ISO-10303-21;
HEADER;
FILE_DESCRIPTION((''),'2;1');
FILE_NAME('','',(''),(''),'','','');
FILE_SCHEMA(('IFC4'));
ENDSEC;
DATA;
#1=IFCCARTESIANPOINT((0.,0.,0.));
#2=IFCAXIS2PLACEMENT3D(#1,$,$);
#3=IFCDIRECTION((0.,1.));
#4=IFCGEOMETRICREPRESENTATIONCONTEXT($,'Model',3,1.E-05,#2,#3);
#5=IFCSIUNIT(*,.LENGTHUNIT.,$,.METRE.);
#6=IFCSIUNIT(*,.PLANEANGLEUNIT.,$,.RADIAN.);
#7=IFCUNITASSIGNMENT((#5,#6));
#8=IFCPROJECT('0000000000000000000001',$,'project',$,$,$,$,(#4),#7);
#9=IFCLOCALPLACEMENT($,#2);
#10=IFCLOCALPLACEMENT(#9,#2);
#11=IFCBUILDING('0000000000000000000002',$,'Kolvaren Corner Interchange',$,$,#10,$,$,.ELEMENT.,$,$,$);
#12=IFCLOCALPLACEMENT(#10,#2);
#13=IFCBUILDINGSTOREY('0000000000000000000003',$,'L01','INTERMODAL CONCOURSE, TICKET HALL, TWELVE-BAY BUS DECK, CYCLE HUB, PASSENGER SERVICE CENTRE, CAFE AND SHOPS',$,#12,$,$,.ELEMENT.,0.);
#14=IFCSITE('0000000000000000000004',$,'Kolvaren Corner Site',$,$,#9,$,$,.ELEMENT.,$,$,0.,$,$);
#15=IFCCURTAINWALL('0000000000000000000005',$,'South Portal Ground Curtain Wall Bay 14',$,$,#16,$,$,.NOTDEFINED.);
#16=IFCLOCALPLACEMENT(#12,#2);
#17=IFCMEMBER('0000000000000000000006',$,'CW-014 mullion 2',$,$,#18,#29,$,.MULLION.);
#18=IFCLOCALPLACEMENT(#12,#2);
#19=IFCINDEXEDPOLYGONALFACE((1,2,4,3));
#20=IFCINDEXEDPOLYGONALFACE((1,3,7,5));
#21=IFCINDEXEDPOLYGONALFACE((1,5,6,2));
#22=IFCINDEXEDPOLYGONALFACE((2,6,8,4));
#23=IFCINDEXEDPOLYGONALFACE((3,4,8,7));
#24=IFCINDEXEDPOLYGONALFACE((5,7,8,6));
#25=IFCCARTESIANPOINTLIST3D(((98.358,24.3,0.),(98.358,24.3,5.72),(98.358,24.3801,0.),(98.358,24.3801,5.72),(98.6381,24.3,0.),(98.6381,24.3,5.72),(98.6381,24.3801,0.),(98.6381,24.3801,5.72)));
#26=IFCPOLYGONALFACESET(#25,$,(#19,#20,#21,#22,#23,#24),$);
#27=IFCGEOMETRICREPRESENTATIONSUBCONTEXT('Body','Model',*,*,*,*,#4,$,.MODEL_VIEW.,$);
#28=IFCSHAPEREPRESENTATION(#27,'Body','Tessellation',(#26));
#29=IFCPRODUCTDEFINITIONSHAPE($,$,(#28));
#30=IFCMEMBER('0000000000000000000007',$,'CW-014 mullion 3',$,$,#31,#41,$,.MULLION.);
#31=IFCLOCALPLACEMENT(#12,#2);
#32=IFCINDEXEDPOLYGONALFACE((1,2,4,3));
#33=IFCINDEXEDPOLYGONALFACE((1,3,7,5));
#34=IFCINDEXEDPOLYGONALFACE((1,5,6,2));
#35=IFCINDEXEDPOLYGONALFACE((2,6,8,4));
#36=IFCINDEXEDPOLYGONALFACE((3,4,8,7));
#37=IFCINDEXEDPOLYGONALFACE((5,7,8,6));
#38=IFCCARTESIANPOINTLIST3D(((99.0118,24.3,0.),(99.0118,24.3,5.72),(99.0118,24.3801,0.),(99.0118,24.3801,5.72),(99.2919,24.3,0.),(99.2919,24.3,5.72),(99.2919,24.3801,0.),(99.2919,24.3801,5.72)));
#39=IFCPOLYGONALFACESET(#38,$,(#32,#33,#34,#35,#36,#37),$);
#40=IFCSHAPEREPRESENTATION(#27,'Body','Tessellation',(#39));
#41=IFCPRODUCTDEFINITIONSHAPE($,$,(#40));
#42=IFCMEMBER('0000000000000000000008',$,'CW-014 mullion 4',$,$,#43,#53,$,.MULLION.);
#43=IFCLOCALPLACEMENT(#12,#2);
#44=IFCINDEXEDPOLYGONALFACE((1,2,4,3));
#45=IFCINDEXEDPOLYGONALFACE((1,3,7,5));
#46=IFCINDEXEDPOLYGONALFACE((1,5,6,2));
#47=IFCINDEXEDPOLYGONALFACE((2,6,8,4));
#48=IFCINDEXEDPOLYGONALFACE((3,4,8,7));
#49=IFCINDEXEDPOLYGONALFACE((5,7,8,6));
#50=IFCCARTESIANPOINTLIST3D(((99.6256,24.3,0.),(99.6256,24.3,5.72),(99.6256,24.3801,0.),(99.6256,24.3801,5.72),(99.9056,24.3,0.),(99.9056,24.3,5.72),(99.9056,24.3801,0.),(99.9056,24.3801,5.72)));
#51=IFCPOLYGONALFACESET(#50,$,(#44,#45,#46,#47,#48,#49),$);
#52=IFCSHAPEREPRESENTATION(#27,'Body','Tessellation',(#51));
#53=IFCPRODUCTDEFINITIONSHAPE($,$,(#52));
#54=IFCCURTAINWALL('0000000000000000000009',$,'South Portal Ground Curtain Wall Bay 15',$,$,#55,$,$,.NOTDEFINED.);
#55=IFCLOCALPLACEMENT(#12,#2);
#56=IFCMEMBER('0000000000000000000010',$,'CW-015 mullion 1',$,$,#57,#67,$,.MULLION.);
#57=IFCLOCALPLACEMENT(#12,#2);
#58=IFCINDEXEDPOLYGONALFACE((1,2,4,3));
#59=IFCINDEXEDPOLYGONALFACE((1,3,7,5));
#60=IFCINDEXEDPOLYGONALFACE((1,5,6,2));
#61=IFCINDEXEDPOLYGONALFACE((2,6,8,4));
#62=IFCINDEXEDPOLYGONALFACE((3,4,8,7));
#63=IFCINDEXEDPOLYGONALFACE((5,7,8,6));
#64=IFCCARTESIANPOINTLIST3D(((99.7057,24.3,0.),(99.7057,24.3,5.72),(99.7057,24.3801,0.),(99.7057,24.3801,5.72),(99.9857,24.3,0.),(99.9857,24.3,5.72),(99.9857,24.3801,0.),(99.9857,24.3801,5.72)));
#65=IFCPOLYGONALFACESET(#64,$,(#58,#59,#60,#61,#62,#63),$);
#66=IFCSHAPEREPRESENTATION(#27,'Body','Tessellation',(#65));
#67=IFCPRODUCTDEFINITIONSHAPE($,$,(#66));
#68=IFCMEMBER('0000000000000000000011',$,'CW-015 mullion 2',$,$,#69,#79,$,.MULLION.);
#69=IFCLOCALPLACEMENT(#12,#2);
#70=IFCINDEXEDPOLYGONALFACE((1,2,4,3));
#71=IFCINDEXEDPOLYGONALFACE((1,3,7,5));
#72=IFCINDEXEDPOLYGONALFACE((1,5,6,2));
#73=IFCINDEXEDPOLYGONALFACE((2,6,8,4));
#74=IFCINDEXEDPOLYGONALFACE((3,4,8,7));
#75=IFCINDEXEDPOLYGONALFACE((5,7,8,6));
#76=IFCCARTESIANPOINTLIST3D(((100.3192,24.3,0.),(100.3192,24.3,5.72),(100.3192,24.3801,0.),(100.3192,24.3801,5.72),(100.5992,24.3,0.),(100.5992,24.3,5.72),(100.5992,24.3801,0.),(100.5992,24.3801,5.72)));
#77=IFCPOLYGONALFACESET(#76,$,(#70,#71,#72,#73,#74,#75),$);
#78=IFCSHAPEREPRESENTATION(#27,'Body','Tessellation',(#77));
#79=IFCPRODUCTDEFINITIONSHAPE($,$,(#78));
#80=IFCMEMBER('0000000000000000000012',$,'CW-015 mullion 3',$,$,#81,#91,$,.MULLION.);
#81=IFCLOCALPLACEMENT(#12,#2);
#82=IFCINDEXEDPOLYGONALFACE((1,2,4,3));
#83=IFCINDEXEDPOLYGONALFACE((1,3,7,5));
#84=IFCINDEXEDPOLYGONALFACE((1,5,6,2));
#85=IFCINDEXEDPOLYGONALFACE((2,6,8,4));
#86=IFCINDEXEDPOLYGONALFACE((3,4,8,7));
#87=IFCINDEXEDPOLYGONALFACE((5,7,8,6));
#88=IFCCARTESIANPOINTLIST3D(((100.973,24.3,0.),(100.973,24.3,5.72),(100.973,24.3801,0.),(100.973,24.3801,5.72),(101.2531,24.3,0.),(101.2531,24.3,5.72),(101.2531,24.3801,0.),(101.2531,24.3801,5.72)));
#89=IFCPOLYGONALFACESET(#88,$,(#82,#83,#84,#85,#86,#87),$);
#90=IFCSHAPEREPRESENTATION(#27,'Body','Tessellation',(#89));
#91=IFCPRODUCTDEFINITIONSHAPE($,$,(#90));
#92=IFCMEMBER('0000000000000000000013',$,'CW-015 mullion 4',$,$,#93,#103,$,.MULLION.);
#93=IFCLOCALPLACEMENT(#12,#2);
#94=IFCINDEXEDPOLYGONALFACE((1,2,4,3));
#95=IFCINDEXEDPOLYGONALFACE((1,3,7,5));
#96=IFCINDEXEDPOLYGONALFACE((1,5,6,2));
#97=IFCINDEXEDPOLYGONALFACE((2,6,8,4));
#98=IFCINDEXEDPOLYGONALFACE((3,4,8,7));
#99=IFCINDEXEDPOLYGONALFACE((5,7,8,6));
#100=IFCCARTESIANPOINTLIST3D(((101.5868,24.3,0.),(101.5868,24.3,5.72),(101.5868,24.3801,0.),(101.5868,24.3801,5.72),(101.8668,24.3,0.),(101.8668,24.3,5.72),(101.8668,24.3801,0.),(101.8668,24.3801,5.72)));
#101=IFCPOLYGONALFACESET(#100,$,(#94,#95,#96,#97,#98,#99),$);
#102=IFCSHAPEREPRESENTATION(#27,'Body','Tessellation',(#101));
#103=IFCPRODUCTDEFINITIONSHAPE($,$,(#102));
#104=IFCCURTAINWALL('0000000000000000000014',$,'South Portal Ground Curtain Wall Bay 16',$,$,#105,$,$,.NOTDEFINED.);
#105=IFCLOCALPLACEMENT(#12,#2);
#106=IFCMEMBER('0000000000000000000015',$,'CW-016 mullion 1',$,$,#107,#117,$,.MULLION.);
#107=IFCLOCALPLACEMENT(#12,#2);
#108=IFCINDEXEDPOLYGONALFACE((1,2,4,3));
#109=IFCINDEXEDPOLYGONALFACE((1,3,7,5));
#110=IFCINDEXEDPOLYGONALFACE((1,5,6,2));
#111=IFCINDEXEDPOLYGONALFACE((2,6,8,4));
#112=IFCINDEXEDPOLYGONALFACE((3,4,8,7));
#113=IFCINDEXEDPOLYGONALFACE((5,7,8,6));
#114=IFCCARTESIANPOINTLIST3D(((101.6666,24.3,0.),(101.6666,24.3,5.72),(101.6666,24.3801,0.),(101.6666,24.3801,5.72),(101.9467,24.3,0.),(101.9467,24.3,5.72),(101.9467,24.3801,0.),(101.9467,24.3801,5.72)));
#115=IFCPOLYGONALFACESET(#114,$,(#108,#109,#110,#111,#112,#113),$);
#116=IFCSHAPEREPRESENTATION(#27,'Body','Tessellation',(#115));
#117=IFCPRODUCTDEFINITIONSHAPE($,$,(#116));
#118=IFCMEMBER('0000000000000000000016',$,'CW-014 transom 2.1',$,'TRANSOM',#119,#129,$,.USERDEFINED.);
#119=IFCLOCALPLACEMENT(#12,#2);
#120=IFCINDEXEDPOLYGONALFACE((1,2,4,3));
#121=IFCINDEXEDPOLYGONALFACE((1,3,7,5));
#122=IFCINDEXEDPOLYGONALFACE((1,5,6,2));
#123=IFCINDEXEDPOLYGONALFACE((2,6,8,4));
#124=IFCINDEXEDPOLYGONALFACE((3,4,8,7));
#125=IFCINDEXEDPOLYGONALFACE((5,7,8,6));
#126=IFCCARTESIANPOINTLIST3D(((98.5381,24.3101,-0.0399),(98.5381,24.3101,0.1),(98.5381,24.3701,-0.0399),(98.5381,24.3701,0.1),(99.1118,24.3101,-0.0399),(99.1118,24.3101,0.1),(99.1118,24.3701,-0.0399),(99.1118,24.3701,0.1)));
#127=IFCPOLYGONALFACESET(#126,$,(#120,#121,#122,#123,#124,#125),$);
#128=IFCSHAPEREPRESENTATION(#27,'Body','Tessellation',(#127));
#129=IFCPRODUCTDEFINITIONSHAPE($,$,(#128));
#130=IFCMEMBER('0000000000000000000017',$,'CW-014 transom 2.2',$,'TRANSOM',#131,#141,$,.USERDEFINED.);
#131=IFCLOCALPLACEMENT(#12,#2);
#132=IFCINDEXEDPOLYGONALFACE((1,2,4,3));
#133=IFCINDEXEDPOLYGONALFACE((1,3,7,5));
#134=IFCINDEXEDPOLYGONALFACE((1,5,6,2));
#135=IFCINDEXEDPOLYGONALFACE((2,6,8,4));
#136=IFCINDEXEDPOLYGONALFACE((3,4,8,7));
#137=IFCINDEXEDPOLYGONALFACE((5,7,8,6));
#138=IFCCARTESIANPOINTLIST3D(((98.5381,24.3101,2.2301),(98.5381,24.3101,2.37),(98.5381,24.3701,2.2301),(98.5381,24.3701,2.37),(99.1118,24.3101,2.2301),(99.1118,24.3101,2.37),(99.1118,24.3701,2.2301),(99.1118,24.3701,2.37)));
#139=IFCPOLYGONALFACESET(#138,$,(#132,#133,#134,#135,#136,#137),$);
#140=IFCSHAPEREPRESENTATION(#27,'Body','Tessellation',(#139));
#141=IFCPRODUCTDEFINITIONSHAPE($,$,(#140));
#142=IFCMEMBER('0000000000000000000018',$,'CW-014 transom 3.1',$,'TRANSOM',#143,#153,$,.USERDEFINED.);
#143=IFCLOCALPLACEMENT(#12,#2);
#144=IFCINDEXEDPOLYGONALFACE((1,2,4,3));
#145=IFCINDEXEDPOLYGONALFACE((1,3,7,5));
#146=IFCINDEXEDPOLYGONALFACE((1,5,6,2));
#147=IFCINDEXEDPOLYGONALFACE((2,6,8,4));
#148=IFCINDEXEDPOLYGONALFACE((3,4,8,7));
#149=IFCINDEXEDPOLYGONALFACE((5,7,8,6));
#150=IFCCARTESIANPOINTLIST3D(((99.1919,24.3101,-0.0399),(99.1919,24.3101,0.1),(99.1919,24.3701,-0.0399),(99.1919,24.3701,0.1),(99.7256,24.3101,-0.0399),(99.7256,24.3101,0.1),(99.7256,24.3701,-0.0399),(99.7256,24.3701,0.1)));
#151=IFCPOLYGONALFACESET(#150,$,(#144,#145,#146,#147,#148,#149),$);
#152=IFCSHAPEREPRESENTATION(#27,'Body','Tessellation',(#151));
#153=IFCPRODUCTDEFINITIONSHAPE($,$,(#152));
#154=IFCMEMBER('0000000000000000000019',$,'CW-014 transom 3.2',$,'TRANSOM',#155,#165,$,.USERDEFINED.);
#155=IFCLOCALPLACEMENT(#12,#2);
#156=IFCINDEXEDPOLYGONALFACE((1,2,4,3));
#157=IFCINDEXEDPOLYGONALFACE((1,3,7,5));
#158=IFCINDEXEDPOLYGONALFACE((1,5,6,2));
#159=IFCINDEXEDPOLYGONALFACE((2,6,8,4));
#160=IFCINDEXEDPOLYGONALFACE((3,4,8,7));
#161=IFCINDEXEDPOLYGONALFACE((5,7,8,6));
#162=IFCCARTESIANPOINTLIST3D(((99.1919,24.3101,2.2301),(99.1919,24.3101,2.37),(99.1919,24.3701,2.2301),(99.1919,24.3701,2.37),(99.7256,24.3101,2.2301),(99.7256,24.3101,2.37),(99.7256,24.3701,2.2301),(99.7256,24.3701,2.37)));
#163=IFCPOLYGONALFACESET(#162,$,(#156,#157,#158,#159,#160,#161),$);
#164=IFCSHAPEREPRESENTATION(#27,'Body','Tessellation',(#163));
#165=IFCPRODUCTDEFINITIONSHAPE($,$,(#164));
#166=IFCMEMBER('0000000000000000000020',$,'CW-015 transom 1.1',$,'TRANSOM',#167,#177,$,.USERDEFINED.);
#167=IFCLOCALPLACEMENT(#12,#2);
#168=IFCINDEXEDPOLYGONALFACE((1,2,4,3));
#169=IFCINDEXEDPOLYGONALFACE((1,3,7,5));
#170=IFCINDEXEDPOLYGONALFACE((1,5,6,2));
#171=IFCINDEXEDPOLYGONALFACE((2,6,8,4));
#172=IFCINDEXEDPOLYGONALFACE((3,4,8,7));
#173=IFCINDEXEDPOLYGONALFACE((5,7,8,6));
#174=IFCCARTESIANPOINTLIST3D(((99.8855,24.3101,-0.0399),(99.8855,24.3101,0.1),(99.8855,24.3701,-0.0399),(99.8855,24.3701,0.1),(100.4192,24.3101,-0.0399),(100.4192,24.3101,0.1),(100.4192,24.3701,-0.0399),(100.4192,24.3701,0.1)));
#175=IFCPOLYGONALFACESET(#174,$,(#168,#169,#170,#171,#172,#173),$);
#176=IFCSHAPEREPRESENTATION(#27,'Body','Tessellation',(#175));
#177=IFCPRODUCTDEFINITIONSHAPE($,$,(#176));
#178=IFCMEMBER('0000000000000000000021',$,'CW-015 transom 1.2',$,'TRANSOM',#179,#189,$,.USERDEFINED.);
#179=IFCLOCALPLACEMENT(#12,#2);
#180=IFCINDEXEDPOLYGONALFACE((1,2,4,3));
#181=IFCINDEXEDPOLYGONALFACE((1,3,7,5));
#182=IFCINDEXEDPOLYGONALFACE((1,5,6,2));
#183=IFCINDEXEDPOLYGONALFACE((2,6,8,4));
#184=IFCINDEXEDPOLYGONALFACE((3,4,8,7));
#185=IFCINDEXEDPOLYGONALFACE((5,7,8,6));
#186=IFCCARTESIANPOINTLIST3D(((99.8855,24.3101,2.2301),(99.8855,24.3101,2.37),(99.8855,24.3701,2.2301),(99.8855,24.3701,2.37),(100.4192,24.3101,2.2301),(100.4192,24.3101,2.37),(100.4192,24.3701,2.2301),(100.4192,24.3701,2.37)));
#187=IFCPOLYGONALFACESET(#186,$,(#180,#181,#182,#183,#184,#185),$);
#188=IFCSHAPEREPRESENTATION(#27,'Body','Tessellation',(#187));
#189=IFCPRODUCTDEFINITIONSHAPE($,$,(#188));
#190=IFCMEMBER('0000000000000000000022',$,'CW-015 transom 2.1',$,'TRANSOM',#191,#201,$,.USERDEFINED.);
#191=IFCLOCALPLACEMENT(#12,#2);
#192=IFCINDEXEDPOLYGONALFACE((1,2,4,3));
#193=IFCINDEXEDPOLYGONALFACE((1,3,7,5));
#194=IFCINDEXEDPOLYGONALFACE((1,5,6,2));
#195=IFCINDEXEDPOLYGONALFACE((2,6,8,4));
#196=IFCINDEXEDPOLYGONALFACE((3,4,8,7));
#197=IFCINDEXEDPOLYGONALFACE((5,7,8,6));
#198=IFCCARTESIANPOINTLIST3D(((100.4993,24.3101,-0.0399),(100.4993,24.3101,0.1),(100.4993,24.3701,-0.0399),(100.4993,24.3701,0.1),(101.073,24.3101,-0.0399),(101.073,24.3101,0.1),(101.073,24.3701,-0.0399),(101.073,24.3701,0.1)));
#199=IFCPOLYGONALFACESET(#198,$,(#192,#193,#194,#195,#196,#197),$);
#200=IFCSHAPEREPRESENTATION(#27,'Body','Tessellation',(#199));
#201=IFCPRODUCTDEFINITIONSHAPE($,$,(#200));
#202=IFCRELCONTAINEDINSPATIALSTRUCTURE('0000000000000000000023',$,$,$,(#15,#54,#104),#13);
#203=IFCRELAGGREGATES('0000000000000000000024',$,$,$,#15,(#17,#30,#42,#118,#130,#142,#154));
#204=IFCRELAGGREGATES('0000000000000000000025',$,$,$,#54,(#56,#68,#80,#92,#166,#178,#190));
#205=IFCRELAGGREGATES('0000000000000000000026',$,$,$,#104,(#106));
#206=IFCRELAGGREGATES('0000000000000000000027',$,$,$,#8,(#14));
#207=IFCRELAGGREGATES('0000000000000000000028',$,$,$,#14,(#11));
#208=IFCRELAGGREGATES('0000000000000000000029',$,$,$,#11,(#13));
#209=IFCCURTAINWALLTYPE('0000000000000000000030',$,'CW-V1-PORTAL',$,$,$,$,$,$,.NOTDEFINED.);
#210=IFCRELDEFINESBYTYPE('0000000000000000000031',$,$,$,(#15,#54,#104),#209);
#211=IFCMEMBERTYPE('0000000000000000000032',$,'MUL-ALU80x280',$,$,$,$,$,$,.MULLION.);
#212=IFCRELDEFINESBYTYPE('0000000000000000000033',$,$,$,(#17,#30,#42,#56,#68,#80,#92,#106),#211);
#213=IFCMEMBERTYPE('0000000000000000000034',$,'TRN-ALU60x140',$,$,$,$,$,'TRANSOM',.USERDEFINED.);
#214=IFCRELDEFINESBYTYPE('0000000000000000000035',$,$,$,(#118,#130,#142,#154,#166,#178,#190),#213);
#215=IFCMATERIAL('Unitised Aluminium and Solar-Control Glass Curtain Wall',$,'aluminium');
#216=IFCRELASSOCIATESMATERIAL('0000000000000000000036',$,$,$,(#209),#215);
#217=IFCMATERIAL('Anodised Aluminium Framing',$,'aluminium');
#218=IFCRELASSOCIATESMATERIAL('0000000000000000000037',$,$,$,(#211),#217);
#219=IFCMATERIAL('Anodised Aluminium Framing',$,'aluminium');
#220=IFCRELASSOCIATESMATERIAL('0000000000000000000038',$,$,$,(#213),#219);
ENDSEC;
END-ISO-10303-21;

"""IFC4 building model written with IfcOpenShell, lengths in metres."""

from ifc_helpers import new_model, si_unit, direction, frame, origin, origin_2d, place, context, subcontext, project, spatial, rectangle, extrude, material, material_profile, profile_set, type_object, element, aggregate, save


model = new_model("IFC4")

# Units and contexts
model_context = context("Model", 3, precision=1e-05, world=origin(), true_north=direction((0.0, 1.0)))
body_context = subcontext(model_context, "Body", "Model", "MODEL_VIEW")
ifc_project = project(units=[si_unit("LENGTHUNIT", "METRE"), si_unit("PLANEANGLEUNIT", "RADIAN")], contexts=[model_context])

# Site, building, storey
site_placement = place(None, origin())
site = spatial("IfcSite", under=ifc_project, at=site_placement, Name="Kolvaren Corner Site", CompositionType="ELEMENT", RefElevation=0.0)
building_placement = place(site_placement, origin())
building = spatial("IfcBuilding", under=site, at=building_placement, Name="Kolvaren Corner Interchange", CompositionType="ELEMENT")
storey_placement = place(building_placement, origin())
storey = spatial("IfcBuildingStorey", under=building, at=storey_placement, Name="L01", Description="INTERMODAL CONCOURSE, TICKET HALL, TWELVE-BAY BUS DECK, CYCLE HUB, PASSENGER SERVICE CENTRE, CAFE AND SHOPS", CompositionType="ELEMENT", Elevation=0.0)

# Curtain walls, members
ifc_material_1 = material(Name="Unitised Aluminium and Solar-Control Glass Curtain Wall", Category="aluminium")
curtain_wall_type = type_object("IfcCurtainWallType", Name="CW-V1-PORTAL", PredefinedType="NOTDEFINED", material=ifc_material_1)
curtain_wall_1_placement = place(storey_placement, origin())
curtain_wall_1 = element("IfcCurtainWall", 1, at=curtain_wall_1_placement, inside=storey, type_object=curtain_wall_type, Name="South Portal Ground Curtain Wall Bay 14", PredefinedType="NOTDEFINED")
ifc_material_2 = material(Name="Anodised Aluminium Framing", Category="aluminium")
ifc_material_profile_1 = material_profile(ifc_material_2, rectangle(XDim=0.0801, YDim=0.28, at=origin_2d()), Name="ALU 80x280")
ifc_profile_set_1 = profile_set([ifc_material_profile_1], Name="Anodised Aluminium Framing")
member_type_1 = type_object("IfcMemberType", Name="MUL-ALU80x280", PredefinedType="MULLION", material=ifc_profile_set_1)
member_1_placement = place(storey_placement, frame((98.498, 24.3401, 0.0), z_axis=(0.0, 0.0, 1.0), x_axis=(0.0, 1.0, 0.0)))
member_1 = element("IfcMember", 2, at=member_1_placement, type_object=member_type_1, Name="CW-014 mullion 2", PredefinedType="MULLION", context=body_context, shape_type="SweptSolid", body=[
    extrude(rectangle(XDim=0.0801, YDim=0.28, at=origin_2d()), origin(), (0.0, 0.0, 1.0), 5.72),
])
member_2_placement = place(storey_placement, frame((99.1519, 24.3401, 0.0), z_axis=(0.0, 0.0, 1.0), x_axis=(0.0, 1.0, 0.0)))
member_2 = element("IfcMember", 3, at=member_2_placement, type_object=member_type_1, Name="CW-014 mullion 3", PredefinedType="MULLION", context=body_context, shape_type="SweptSolid", body=[
    extrude(rectangle(XDim=0.0801, YDim=0.28, at=origin_2d()), origin(), (0.0, 0.0, 1.0), 5.72),
])
member_3_placement = place(storey_placement, frame((99.7656, 24.3401, 0.0), z_axis=(0.0, 0.0, 1.0), x_axis=(0.0, 1.0, 0.0)))
member_3 = element("IfcMember", 4, at=member_3_placement, type_object=member_type_1, Name="CW-014 mullion 4", PredefinedType="MULLION", context=body_context, shape_type="SweptSolid", body=[
    extrude(rectangle(XDim=0.0801, YDim=0.28, at=origin_2d()), origin(), (0.0, 0.0, 1.0), 5.72),
])
curtain_wall_2_placement = place(storey_placement, origin())
curtain_wall_2 = element("IfcCurtainWall", 5, at=curtain_wall_2_placement, inside=storey, type_object=curtain_wall_type, Name="South Portal Ground Curtain Wall Bay 15", PredefinedType="NOTDEFINED")
member_4_placement = place(storey_placement, frame((99.8457, 24.3401, 0.0), z_axis=(0.0, 0.0, 1.0), x_axis=(0.0, 1.0, 0.0)))
member_4 = element("IfcMember", 6, at=member_4_placement, type_object=member_type_1, Name="CW-015 mullion 1", PredefinedType="MULLION", context=body_context, shape_type="SweptSolid", body=[
    extrude(rectangle(XDim=0.0801, YDim=0.28, at=origin_2d()), origin(), (0.0, 0.0, 1.0), 5.72),
])
member_5_placement = place(storey_placement, frame((100.4592, 24.3401, 0.0), z_axis=(0.0, 0.0, 1.0), x_axis=(0.0, 1.0, 0.0)))
member_5 = element("IfcMember", 7, at=member_5_placement, type_object=member_type_1, Name="CW-015 mullion 2", PredefinedType="MULLION", context=body_context, shape_type="SweptSolid", body=[
    extrude(rectangle(XDim=0.0801, YDim=0.28, at=origin_2d()), origin(), (0.0, 0.0, 1.0), 5.72),
])
member_6_placement = place(storey_placement, frame((101.113, 24.3401, 0.0), z_axis=(0.0, 0.0, 1.0), x_axis=(0.0, 1.0, 0.0)))
member_6 = element("IfcMember", 8, at=member_6_placement, type_object=member_type_1, Name="CW-015 mullion 3", PredefinedType="MULLION", context=body_context, shape_type="SweptSolid", body=[
    extrude(rectangle(XDim=0.0801, YDim=0.28, at=origin_2d()), origin(), (0.0, 0.0, 1.0), 5.72),
])
member_7_placement = place(storey_placement, frame((101.7268, 24.3401, 0.0), z_axis=(0.0, 0.0, 1.0), x_axis=(0.0, 1.0, 0.0)))
member_7 = element("IfcMember", 9, at=member_7_placement, type_object=member_type_1, Name="CW-015 mullion 4", PredefinedType="MULLION", context=body_context, shape_type="SweptSolid", body=[
    extrude(rectangle(XDim=0.0801, YDim=0.28, at=origin_2d()), origin(), (0.0, 0.0, 1.0), 5.72),
])

# Curtain wall, member
curtain_wall_3_placement = place(storey_placement, origin())
curtain_wall_3 = element("IfcCurtainWall", 10, at=curtain_wall_3_placement, inside=storey, type_object=curtain_wall_type, Name="South Portal Ground Curtain Wall Bay 16", PredefinedType="NOTDEFINED")
member_8_placement = place(storey_placement, frame((101.8066, 24.3401, 0.0), z_axis=(0.0, 0.0, 1.0), x_axis=(0.0, 1.0, 0.0)))
member_8 = element("IfcMember", 11, at=member_8_placement, type_object=member_type_1, Name="CW-016 mullion 1", PredefinedType="MULLION", context=body_context, shape_type="SweptSolid", body=[
    extrude(rectangle(XDim=0.0801, YDim=0.28, at=origin_2d()), origin(), (0.0, 0.0, 1.0), 5.72),
])

# Members
ifc_material_3 = material(Name="Anodised Aluminium Framing", Category="aluminium")
ifc_material_profile_2 = material_profile(ifc_material_3, rectangle(XDim=0.0601, YDim=0.1399, at=origin_2d()), Name="ALU 60x140")
ifc_profile_set_2 = profile_set([ifc_material_profile_2], Name="Anodised Aluminium Framing")
member_type_2 = type_object("IfcMemberType", Name="TRN-ALU60x140", ElementType="TRANSOM", PredefinedType="USERDEFINED", material=ifc_profile_set_2)
member_9_placement = place(storey_placement, frame((98.5381, 24.3401, 0.03), z_axis=(1.0, 0.0, 0.0), x_axis=(0.0, 1.0, 0.0)))
member_9 = element("IfcMember", 12, at=member_9_placement, type_object=member_type_2, Name="CW-014 transom 2.1", ObjectType="TRANSOM", PredefinedType="USERDEFINED", context=body_context, shape_type="SweptSolid", body=[
    extrude(rectangle(XDim=0.0601, YDim=0.1399, at=origin_2d()), origin(), (0.0, 0.0, 1.0), 0.5737),
])
member_10_placement = place(storey_placement, frame((98.5381, 24.3401, 2.3), z_axis=(1.0, 0.0, 0.0), x_axis=(0.0, 1.0, 0.0)))
member_10 = element("IfcMember", 13, at=member_10_placement, type_object=member_type_2, Name="CW-014 transom 2.2", ObjectType="TRANSOM", PredefinedType="USERDEFINED", context=body_context, shape_type="SweptSolid", body=[
    extrude(rectangle(XDim=0.0601, YDim=0.1399, at=origin_2d()), origin(), (0.0, 0.0, 1.0), 0.5737),
])
member_11_placement = place(storey_placement, frame((99.1919, 24.3401, 0.03), z_axis=(1.0, 0.0, 0.0), x_axis=(0.0, 1.0, 0.0)))
member_11 = element("IfcMember", 14, at=member_11_placement, type_object=member_type_2, Name="CW-014 transom 3.1", ObjectType="TRANSOM", PredefinedType="USERDEFINED", context=body_context, shape_type="SweptSolid", body=[
    extrude(rectangle(XDim=0.0601, YDim=0.1399, at=origin_2d()), origin(), (0.0, 0.0, 1.0), 0.5337),
])
member_12_placement = place(storey_placement, frame((99.1919, 24.3401, 2.3), z_axis=(1.0, 0.0, 0.0), x_axis=(0.0, 1.0, 0.0)))
member_12 = element("IfcMember", 15, at=member_12_placement, type_object=member_type_2, Name="CW-014 transom 3.2", ObjectType="TRANSOM", PredefinedType="USERDEFINED", context=body_context, shape_type="SweptSolid", body=[
    extrude(rectangle(XDim=0.0601, YDim=0.1399, at=origin_2d()), origin(), (0.0, 0.0, 1.0), 0.5337),
])
member_13_placement = place(storey_placement, frame((99.8855, 24.3401, 0.03), z_axis=(1.0, 0.0, 0.0), x_axis=(0.0, 1.0, 0.0)))
member_13 = element("IfcMember", 16, at=member_13_placement, type_object=member_type_2, Name="CW-015 transom 1.1", ObjectType="TRANSOM", PredefinedType="USERDEFINED", context=body_context, shape_type="SweptSolid", body=[
    extrude(rectangle(XDim=0.0601, YDim=0.1399, at=origin_2d()), origin(), (0.0, 0.0, 1.0), 0.5337),
])
member_14_placement = place(storey_placement, frame((99.8855, 24.3401, 2.3), z_axis=(1.0, 0.0, 0.0), x_axis=(0.0, 1.0, 0.0)))
member_14 = element("IfcMember", 17, at=member_14_placement, type_object=member_type_2, Name="CW-015 transom 1.2", ObjectType="TRANSOM", PredefinedType="USERDEFINED", context=body_context, shape_type="SweptSolid", body=[
    extrude(rectangle(XDim=0.0601, YDim=0.1399, at=origin_2d()), origin(), (0.0, 0.0, 1.0), 0.5337),
])
member_15_placement = place(storey_placement, frame((100.4993, 24.3401, 0.03), z_axis=(1.0, 0.0, 0.0), x_axis=(0.0, 1.0, 0.0)))
member_15 = element("IfcMember", 18, at=member_15_placement, type_object=member_type_2, Name="CW-015 transom 2.1", ObjectType="TRANSOM", PredefinedType="USERDEFINED", context=body_context, shape_type="SweptSolid", body=[
    extrude(rectangle(XDim=0.0601, YDim=0.1399, at=origin_2d()), origin(), (0.0, 0.0, 1.0), 0.5737),
])

aggregate(curtain_wall_1, [member_1, member_2, member_3, member_9, member_10, member_11, member_12])
aggregate(curtain_wall_2, [member_4, member_5, member_6, member_7, member_13, member_14, member_15])
aggregate(curtain_wall_3, [member_8])

save(model, "model.ifc")
